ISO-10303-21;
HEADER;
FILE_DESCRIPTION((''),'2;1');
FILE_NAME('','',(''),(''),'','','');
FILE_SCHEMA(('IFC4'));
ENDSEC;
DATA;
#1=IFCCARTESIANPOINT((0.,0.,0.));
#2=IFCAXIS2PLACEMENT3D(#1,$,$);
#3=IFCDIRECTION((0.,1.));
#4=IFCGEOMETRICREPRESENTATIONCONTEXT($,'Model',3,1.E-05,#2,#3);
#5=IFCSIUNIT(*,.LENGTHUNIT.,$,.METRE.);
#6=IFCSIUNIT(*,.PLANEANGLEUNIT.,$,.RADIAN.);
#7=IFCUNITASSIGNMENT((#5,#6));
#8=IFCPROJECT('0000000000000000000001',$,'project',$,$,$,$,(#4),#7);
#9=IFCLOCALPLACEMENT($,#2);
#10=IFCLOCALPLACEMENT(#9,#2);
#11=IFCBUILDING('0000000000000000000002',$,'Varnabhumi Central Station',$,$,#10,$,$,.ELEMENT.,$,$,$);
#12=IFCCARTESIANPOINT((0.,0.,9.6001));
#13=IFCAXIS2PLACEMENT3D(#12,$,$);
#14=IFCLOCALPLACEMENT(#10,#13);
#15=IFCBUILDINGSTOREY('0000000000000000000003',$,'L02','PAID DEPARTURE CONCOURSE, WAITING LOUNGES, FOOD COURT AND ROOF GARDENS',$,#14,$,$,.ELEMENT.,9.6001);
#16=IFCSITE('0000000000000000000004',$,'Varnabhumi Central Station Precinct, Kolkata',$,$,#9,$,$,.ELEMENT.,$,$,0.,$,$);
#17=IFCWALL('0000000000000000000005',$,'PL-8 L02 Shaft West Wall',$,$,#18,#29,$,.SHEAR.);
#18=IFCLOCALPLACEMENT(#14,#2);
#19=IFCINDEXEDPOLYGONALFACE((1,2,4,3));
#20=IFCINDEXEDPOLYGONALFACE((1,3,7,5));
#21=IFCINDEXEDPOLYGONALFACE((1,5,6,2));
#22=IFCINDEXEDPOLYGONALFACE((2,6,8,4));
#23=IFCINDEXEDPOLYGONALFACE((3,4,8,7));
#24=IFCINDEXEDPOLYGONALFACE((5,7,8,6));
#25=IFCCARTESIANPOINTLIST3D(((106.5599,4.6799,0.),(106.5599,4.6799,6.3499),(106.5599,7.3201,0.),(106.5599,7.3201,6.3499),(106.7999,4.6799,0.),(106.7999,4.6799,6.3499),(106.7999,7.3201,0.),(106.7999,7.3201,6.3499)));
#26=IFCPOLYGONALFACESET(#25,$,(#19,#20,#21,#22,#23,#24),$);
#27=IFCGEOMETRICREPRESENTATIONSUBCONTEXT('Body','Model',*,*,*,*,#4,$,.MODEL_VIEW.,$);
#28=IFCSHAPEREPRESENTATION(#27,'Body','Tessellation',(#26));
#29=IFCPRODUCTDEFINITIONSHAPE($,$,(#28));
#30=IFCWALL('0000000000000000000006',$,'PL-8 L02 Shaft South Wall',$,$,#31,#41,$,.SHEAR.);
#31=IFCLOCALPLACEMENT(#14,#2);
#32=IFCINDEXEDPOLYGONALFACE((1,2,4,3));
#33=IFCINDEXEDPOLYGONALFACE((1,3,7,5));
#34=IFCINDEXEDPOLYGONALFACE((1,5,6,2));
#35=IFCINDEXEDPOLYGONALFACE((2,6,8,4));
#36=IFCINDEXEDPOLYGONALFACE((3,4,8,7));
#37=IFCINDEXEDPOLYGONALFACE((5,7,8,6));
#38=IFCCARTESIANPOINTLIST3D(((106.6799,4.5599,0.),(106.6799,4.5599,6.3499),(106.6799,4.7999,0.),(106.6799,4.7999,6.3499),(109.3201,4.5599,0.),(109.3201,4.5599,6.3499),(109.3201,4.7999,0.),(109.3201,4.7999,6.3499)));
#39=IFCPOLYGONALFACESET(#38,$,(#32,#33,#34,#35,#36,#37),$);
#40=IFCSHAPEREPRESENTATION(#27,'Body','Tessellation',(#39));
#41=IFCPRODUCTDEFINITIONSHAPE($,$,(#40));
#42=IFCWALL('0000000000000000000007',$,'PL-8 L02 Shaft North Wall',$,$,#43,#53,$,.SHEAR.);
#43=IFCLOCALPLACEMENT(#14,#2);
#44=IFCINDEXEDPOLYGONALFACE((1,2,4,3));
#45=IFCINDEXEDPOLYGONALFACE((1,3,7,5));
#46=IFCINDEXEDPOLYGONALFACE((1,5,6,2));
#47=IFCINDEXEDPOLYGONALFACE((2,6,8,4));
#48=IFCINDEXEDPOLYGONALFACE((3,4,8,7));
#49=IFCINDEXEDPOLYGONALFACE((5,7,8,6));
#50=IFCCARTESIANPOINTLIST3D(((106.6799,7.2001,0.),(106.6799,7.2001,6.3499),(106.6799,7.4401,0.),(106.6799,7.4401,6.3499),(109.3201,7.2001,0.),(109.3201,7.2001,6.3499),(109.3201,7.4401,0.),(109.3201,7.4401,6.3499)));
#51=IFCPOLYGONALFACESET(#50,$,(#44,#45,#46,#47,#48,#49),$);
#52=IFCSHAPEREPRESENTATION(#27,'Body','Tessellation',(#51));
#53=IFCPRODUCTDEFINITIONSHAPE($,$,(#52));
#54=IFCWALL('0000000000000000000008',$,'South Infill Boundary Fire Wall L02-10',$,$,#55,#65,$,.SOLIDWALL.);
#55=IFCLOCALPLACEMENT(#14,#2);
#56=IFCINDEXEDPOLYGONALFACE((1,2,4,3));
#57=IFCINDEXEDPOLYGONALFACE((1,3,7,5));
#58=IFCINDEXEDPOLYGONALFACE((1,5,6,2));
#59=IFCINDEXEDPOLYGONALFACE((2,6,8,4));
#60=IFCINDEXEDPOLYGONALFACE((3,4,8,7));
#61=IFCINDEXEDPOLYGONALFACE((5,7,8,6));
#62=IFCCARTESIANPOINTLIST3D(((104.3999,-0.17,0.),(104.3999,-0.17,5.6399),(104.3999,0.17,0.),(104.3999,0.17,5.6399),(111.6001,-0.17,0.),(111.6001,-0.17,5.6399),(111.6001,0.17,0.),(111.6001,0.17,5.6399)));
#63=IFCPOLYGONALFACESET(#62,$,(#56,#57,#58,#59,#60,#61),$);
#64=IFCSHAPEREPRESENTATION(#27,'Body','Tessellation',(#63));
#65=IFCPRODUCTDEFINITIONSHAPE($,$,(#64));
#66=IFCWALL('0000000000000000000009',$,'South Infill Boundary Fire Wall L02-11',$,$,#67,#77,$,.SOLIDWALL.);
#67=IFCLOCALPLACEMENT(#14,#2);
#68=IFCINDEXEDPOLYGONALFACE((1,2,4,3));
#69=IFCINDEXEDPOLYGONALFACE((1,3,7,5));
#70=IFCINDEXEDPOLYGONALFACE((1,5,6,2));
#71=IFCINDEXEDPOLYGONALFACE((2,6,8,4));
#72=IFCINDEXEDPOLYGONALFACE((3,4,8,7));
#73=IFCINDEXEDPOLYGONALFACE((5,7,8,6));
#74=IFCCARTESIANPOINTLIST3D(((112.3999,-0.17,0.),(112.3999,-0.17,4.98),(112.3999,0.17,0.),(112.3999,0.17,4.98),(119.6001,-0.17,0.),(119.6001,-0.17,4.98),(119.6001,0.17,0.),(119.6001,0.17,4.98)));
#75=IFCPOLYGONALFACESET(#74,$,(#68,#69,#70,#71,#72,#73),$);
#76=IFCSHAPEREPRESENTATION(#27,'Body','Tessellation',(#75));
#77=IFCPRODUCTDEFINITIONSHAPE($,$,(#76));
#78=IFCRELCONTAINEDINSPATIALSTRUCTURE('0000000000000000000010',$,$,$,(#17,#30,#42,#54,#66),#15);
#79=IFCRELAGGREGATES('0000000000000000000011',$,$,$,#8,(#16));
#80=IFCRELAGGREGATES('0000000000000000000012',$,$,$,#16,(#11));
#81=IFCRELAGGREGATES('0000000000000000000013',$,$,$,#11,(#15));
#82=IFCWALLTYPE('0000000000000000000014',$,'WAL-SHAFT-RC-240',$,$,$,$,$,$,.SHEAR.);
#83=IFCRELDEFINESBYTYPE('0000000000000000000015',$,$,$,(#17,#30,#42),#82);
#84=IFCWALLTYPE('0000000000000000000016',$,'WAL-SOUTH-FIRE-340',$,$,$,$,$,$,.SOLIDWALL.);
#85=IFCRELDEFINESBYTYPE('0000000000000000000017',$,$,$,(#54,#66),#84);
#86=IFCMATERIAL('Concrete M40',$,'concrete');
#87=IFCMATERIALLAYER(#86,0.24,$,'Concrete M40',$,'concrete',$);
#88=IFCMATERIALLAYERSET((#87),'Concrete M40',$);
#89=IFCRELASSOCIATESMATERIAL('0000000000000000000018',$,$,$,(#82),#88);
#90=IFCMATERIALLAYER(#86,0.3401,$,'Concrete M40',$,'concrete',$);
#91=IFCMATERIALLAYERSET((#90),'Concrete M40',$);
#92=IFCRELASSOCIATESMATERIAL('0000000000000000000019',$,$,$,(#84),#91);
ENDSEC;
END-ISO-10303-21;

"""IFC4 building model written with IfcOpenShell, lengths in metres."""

from ifc_helpers import new_model, si_unit, direction, frame, frame_2d, origin, place, context, subcontext, project, spatial, rectangle, extrude, material, layer, layer_set, type_object, element, save


model = new_model("IFC4")

# Units and contexts
model_context = context("Model", 3, precision=1e-05, world=origin(), true_north=direction((0.0, 1.0)))
body_context = subcontext(model_context, "Body", "Model", "MODEL_VIEW")
ifc_project = project(units=[si_unit("LENGTHUNIT", "METRE"), si_unit("PLANEANGLEUNIT", "RADIAN")], contexts=[model_context])

# Site, building, storey
site_placement = place(None, origin())
site = spatial("IfcSite", under=ifc_project, at=site_placement, Name="Varnabhumi Central Station Precinct, Kolkata", CompositionType="ELEMENT", RefElevation=0.0)
building_placement = place(site_placement, origin())
building = spatial("IfcBuilding", under=site, at=building_placement, Name="Varnabhumi Central Station", CompositionType="ELEMENT")
storey_placement = place(building_placement, frame((0.0, 0.0, 9.6001)))
storey = spatial("IfcBuildingStorey", under=building, at=storey_placement, Name="L02", Description="PAID DEPARTURE CONCOURSE, WAITING LOUNGES, FOOD COURT AND ROOF GARDENS", CompositionType="ELEMENT", Elevation=9.6001)

# Shared definitions
ifc_material_1 = material(Name="Concrete M40", Category="concrete")

# Walls
ifc_layer_1 = layer(ifc_material_1, 0.24, Name="Concrete M40", Category="concrete")
ifc_layer_set_1 = layer_set([ifc_layer_1], Name="Concrete M40")
wall_type_1 = type_object("IfcWallType", Name="WAL-SHAFT-RC-240", PredefinedType="SHEAR", material=ifc_layer_set_1)
for number, where, z_axis, x_axis, name in (
    (1, (106.6799, 4.6799, 0.0), (0.0, 0.0, 1.0), (0.0, 1.0, 0.0), "PL-8 L02 Shaft West Wall"),
    (2, (106.6799, 4.6799, 0.0), (0.0, 0.0, 1.0), (1.0, 0.0, 0.0), "PL-8 L02 Shaft South Wall"),
    (3, (106.6799, 7.3201, 0.0), (0.0, 0.0, 1.0), (1.0, 0.0, 0.0), "PL-8 L02 Shaft North Wall"),
):
    element("IfcWall", number, at=place(storey_placement, frame(where, z_axis=z_axis, x_axis=x_axis)), inside=storey, type_object=wall_type_1, Name=name, PredefinedType="SHEAR", context=body_context, shape_type="SweptSolid", body=[
        extrude(rectangle(XDim=2.6401, YDim=0.24, at=frame_2d((1.3201, 0.0))), origin(), (0.0, 0.0, 1.0), 6.3499),
    ])

# Walls
ifc_layer_2 = layer(ifc_material_1, 0.3401, Name="Concrete M40", Category="concrete")
ifc_layer_set_2 = layer_set([ifc_layer_2], Name="Concrete M40")
wall_type_2 = type_object("IfcWallType", Name="WAL-SOUTH-FIRE-340", PredefinedType="SOLIDWALL", material=ifc_layer_set_2)
wall_1_placement = place(storey_placement, frame((104.3999, 0.0, 0.0), z_axis=(0.0, 0.0, 1.0), x_axis=(1.0, 0.0, 0.0)))
element("IfcWall", 4, at=wall_1_placement, inside=storey, type_object=wall_type_2, Name="South Infill Boundary Fire Wall L02-10", PredefinedType="SOLIDWALL", context=body_context, shape_type="SweptSolid", body=[
    extrude(rectangle(XDim=7.2002, YDim=0.3401, at=frame_2d((3.6001, 0.0))), origin(), (0.0, 0.0, 1.0), 5.6399),
])
wall_2_placement = place(storey_placement, frame((112.3999, 0.0, 0.0), z_axis=(0.0, 0.0, 1.0), x_axis=(1.0, 0.0, 0.0)))
element("IfcWall", 5, at=wall_2_placement, inside=storey, type_object=wall_type_2, Name="South Infill Boundary Fire Wall L02-11", PredefinedType="SOLIDWALL", context=body_context, shape_type="SweptSolid", body=[
    extrude(rectangle(XDim=7.2002, YDim=0.3401, at=frame_2d((3.6001, 0.0))), origin(), (0.0, 0.0, 1.0), 4.98),
])

save(model, "model.ifc")
